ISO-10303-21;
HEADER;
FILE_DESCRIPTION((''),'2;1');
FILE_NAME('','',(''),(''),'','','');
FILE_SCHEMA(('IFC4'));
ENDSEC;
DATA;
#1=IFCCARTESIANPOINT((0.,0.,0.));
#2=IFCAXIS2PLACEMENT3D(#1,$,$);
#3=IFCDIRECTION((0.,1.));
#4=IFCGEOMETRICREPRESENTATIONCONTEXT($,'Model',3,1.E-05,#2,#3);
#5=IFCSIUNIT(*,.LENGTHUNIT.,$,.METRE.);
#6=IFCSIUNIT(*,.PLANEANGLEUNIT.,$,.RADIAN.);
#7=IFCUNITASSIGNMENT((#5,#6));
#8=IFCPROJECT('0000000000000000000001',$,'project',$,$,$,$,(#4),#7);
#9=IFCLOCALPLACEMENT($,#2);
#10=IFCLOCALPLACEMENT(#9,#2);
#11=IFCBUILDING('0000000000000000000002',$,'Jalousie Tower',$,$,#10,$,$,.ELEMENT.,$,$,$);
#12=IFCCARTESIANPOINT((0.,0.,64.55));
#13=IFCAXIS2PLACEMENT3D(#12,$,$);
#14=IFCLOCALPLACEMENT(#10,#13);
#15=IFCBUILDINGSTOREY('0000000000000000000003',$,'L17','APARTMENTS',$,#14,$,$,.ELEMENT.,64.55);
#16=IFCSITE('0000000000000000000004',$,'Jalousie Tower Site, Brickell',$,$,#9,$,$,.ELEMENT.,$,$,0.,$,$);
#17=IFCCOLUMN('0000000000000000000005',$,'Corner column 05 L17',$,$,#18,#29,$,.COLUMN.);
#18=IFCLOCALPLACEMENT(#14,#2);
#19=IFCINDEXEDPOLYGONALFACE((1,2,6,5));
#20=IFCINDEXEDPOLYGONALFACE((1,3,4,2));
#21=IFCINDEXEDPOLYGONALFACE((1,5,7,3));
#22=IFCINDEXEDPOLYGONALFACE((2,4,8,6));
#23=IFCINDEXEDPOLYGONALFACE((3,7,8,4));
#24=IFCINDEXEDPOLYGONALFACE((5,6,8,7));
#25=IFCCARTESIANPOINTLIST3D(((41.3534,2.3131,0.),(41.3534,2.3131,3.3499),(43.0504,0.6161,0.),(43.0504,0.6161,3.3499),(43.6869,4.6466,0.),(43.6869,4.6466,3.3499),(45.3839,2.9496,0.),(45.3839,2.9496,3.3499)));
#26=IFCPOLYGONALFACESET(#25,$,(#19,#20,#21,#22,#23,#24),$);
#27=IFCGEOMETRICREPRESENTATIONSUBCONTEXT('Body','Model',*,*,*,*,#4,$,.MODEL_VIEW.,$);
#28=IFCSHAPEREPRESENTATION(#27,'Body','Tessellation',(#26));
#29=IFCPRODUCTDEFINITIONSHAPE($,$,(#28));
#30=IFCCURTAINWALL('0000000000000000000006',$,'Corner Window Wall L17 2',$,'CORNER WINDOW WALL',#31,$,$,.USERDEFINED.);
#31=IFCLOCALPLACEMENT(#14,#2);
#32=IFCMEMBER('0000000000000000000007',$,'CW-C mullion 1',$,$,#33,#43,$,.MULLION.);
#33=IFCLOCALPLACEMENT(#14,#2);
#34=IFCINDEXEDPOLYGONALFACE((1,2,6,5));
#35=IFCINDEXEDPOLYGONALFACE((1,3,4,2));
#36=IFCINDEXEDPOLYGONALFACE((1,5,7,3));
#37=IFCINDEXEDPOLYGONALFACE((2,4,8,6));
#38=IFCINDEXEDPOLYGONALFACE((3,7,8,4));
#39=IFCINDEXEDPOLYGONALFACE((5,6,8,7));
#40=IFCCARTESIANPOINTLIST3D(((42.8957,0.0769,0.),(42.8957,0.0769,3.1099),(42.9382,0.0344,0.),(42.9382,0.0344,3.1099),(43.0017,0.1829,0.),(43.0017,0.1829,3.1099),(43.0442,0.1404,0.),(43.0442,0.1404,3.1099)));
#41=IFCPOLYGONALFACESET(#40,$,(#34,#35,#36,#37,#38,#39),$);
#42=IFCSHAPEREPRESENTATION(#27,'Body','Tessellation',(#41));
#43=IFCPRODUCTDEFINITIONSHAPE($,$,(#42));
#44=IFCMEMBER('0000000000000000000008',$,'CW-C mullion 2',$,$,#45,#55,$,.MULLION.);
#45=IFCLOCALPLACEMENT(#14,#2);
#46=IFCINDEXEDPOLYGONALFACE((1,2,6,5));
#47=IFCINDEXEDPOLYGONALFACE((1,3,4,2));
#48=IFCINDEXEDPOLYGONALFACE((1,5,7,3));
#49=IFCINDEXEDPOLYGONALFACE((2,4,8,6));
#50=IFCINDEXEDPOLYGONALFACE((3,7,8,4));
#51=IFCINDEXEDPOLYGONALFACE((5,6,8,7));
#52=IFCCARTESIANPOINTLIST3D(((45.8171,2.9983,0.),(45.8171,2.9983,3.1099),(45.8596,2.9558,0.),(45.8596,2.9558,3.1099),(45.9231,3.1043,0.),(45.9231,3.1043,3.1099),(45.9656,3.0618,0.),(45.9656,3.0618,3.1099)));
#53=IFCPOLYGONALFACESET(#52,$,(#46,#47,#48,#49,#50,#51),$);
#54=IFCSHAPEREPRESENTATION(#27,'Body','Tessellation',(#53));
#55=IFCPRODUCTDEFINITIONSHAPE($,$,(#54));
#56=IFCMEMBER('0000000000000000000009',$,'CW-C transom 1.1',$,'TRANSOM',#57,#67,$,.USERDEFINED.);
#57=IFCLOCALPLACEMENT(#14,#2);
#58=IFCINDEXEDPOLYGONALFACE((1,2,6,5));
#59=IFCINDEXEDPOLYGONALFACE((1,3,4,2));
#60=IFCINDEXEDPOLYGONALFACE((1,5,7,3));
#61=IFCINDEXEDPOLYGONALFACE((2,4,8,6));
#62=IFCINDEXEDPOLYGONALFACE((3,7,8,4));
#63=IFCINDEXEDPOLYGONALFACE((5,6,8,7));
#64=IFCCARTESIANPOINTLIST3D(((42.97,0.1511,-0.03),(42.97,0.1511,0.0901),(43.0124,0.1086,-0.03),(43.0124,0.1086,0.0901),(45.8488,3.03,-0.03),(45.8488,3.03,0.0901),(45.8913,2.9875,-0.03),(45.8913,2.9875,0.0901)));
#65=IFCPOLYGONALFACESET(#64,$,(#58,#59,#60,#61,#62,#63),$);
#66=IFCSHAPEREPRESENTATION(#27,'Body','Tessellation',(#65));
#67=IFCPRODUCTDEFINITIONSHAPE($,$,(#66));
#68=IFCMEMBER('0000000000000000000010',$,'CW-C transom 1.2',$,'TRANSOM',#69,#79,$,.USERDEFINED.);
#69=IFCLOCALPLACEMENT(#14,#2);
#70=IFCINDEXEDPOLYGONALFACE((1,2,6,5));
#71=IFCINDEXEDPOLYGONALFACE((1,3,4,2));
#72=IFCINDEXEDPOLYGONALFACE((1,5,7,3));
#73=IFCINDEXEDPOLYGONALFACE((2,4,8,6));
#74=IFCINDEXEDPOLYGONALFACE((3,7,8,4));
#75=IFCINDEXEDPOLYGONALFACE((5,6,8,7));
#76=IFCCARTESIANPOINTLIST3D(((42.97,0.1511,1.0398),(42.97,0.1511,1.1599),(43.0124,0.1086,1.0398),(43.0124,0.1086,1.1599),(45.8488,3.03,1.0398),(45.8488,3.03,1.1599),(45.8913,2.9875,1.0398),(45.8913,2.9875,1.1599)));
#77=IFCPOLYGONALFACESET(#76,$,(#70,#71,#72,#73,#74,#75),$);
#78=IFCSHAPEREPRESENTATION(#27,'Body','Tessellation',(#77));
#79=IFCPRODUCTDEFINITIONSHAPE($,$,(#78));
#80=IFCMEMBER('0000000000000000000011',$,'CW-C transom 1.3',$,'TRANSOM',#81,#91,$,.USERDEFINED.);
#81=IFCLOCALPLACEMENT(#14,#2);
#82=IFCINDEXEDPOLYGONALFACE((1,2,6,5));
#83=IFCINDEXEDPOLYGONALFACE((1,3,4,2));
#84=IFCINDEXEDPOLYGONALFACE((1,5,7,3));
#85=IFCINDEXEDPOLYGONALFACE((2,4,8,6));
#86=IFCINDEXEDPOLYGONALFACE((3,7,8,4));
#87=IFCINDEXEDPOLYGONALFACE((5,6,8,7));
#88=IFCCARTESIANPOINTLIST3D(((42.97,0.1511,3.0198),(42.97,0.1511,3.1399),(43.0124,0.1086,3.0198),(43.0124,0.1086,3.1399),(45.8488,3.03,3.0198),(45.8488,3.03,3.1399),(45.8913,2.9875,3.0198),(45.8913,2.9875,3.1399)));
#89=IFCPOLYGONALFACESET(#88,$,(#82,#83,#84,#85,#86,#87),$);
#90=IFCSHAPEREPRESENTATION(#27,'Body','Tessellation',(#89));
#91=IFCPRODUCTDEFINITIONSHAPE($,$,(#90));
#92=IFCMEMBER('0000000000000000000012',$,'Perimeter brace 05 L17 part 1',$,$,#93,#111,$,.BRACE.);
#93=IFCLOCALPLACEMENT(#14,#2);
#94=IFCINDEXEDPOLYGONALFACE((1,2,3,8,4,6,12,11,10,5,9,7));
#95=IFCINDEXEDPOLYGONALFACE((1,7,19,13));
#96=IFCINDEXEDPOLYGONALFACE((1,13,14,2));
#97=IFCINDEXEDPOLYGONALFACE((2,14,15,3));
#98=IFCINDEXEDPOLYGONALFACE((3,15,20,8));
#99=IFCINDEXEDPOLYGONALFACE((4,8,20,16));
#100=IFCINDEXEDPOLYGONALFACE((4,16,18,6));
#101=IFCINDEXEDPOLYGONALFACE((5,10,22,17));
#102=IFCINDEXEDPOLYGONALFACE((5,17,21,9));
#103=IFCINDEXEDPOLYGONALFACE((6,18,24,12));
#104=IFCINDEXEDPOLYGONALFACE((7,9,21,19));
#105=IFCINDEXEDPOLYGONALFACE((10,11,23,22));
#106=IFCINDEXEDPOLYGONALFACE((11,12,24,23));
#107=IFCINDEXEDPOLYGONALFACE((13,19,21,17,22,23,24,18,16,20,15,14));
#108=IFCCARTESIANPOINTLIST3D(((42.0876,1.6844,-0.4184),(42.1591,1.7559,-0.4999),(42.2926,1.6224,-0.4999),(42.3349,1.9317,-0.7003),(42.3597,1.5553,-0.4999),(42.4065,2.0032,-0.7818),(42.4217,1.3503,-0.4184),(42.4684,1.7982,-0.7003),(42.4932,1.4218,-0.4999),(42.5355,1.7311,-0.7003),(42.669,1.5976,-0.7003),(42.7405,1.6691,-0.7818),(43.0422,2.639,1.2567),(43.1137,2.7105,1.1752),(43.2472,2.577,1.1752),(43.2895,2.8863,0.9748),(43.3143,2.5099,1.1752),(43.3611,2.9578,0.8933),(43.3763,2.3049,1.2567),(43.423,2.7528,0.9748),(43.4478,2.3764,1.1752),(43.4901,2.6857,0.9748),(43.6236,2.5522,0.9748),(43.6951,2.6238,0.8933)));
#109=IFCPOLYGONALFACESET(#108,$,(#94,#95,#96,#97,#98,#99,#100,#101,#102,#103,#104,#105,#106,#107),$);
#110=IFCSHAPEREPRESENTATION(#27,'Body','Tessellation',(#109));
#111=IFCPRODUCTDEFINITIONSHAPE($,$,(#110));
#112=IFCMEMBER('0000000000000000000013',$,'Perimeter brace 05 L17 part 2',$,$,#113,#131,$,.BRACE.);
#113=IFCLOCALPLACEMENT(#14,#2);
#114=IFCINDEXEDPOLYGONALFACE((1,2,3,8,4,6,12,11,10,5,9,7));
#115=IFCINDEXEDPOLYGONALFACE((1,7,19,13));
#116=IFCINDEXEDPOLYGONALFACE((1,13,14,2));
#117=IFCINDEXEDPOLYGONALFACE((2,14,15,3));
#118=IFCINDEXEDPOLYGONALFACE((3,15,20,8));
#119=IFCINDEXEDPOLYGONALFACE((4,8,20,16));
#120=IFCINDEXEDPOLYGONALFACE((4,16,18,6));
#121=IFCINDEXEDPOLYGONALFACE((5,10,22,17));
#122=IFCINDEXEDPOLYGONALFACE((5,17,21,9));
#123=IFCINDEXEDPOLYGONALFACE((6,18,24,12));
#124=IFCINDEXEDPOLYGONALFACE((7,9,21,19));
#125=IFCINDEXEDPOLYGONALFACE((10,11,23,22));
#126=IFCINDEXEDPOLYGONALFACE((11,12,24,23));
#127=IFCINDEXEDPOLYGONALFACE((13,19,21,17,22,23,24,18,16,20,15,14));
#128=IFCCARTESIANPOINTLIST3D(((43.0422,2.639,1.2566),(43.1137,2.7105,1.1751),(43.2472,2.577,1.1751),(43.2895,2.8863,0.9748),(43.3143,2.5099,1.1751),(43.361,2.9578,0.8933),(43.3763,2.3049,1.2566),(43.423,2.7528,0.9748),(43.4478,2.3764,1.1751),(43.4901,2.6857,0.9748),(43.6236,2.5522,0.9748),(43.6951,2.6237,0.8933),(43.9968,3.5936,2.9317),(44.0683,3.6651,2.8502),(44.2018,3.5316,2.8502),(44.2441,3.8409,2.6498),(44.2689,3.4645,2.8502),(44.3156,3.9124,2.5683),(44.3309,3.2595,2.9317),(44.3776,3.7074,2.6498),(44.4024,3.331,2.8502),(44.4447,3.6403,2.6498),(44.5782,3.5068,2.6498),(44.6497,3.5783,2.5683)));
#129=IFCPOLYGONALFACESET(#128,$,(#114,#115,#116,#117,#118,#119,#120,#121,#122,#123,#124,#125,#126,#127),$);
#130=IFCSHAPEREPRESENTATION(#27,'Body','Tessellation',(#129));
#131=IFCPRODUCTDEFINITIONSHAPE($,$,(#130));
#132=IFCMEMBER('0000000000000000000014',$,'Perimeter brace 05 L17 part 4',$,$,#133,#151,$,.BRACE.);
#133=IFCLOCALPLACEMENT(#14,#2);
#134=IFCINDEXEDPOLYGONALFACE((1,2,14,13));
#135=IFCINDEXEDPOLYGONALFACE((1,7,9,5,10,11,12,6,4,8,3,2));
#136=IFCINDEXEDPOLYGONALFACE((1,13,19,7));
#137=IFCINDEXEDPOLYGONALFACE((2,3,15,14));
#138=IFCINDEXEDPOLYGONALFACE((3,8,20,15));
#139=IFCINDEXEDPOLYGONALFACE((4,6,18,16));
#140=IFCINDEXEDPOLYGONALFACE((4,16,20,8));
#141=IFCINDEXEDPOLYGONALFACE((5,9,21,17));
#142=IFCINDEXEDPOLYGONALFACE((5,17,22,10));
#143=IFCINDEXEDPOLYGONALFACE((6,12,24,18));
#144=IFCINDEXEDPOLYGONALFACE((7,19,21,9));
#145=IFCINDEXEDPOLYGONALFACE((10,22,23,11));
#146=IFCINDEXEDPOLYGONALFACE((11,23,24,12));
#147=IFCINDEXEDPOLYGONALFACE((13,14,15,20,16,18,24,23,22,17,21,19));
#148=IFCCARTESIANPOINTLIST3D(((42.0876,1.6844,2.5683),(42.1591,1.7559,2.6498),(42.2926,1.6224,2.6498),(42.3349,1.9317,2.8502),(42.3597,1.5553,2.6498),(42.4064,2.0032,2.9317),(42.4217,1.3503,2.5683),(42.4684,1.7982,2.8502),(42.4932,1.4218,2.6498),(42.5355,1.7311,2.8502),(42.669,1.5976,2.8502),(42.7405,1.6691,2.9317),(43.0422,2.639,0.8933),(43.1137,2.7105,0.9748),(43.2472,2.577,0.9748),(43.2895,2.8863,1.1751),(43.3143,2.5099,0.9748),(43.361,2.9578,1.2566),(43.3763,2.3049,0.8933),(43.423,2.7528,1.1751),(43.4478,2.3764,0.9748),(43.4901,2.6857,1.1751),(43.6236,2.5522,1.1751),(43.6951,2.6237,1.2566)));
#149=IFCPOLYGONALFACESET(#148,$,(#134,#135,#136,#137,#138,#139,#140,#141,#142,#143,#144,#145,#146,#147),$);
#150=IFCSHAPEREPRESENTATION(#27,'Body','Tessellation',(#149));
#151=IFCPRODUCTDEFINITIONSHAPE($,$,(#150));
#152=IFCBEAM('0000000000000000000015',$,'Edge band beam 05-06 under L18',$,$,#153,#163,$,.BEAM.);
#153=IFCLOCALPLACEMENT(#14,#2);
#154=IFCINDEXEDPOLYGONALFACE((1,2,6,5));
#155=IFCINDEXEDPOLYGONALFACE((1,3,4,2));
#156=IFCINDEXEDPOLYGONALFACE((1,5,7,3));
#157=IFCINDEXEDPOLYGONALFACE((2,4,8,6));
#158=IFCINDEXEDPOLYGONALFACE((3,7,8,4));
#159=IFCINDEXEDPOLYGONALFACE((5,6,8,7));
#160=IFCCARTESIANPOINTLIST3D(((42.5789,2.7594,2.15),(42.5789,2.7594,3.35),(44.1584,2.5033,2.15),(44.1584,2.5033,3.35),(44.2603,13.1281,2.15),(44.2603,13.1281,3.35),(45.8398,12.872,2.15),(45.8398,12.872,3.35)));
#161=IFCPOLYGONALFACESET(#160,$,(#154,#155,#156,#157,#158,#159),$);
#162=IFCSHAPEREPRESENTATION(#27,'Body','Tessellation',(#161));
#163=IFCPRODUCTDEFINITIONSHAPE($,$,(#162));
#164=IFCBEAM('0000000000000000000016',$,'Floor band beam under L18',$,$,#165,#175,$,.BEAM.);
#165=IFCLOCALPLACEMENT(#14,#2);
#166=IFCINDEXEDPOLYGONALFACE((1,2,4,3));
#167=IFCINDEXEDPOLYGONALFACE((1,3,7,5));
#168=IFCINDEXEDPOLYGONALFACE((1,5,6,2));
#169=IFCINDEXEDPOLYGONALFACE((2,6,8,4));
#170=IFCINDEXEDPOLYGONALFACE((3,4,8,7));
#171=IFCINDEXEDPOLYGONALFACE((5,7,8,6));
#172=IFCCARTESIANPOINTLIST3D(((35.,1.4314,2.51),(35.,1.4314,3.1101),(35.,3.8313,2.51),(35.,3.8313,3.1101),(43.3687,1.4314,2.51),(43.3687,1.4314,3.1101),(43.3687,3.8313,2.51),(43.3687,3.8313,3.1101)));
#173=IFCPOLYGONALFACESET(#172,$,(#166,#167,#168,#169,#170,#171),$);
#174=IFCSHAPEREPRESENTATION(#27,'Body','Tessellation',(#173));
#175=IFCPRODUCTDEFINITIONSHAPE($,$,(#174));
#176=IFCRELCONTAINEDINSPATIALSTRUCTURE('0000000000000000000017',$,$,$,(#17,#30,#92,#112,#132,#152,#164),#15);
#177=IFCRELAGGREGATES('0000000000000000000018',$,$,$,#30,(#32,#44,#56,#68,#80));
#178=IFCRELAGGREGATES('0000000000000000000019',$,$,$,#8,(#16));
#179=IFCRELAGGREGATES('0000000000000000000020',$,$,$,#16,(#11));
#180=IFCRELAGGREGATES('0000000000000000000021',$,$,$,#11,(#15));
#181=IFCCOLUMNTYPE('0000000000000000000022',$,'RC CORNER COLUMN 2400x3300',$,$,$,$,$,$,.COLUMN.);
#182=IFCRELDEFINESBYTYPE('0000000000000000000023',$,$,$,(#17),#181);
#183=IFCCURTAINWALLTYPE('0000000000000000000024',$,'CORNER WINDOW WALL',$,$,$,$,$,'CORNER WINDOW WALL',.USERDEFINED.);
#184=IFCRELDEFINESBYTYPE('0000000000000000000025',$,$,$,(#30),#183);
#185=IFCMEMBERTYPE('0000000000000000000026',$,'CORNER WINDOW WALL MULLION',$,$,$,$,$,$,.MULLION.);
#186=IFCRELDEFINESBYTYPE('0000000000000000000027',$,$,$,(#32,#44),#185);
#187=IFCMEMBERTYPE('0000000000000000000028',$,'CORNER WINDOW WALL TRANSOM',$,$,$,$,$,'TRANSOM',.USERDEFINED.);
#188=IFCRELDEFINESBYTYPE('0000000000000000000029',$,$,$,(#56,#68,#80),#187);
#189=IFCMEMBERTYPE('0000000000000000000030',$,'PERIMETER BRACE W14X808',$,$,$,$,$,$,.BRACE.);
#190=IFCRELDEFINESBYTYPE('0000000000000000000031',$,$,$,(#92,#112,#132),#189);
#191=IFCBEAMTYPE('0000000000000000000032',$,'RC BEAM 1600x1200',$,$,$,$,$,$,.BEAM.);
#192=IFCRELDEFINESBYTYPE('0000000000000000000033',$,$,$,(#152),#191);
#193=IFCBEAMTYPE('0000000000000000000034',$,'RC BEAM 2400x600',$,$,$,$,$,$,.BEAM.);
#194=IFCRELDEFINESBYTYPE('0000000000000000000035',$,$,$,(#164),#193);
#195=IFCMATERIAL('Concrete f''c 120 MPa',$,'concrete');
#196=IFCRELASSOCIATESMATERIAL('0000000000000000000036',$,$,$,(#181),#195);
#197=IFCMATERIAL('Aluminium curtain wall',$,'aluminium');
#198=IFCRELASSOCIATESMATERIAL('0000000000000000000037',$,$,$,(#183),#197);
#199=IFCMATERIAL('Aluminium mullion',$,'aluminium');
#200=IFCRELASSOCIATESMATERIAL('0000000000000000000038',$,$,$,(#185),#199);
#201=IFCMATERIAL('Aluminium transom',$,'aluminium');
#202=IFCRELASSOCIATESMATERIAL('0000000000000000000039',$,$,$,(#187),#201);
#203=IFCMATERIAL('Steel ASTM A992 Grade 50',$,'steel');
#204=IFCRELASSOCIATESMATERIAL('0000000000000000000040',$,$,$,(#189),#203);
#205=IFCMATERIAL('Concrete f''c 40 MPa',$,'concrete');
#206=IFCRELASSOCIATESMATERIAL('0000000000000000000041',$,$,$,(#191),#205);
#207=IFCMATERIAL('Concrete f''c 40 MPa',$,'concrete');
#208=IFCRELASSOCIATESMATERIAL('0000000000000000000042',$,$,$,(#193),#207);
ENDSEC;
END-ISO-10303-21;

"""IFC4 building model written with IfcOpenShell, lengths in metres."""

from ifc_helpers import new_model, si_unit, direction, frame, origin, origin_2d, place, context, subcontext, project, spatial, rectangle, i_section, extrude, material, material_profile, profile_set, type_object, element, aggregate, save


model = new_model("IFC4")

# Units and contexts
model_context = context("Model", 3, precision=1e-05, world=origin(), true_north=direction((0.0, 1.0)))
body_context = subcontext(model_context, "Body", "Model", "MODEL_VIEW")
ifc_project = project(units=[si_unit("LENGTHUNIT", "METRE"), si_unit("PLANEANGLEUNIT", "RADIAN")], contexts=[model_context])

# Site, building, storey
site_placement = place(None, origin())
site = spatial("IfcSite", under=ifc_project, at=site_placement, Name="Jalousie Tower Site, Brickell", CompositionType="ELEMENT", RefElevation=0.0)
building_placement = place(site_placement, origin())
building = spatial("IfcBuilding", under=site, at=building_placement, Name="Jalousie Tower", CompositionType="ELEMENT")
storey_placement = place(building_placement, frame((0.0, 0.0, 64.55)))
storey = spatial("IfcBuildingStorey", under=building, at=storey_placement, Name="L17", Description="APARTMENTS", CompositionType="ELEMENT", Elevation=64.55)

# Column
ifc_material_1 = material(Name="Concrete f'c 120 MPa", Category="concrete")
ifc_material_profile_1 = material_profile(ifc_material_1, rectangle(XDim=2.3999, YDim=3.3, at=origin_2d()), Name="RC 2400x3300")
ifc_profile_set_1 = profile_set([ifc_material_profile_1], Name="Concrete f'c 120 MPa")
column_type = type_object("IfcColumnType", Name="RC CORNER COLUMN 2400x3300", PredefinedType="COLUMN", material=ifc_profile_set_1)
column_placement = place(storey_placement, frame((43.3687, 2.6313, 0.0), z_axis=(0.0, 0.0, 1.0), x_axis=(-0.707107, 0.707107, 0.0)))
element("IfcColumn", 1, at=column_placement, inside=storey, type_object=column_type, Name="Corner column 05 L17", PredefinedType="COLUMN", context=body_context, shape_type="SweptSolid", body=[
    extrude(rectangle(XDim=2.3999, YDim=3.3, at=origin_2d()), origin(), (0.0, 0.0, 1.0), 3.3499),
])

# Curtain wall, members
ifc_material_2 = material(Name="Aluminium curtain wall", Category="aluminium")
curtain_wall_type_1 = type_object("IfcCurtainWallType", Name="CORNER WINDOW WALL", ElementType="CORNER WINDOW WALL", PredefinedType="USERDEFINED", material=ifc_material_2)
curtain_wall_1_placement = place(storey_placement, origin())
curtain_wall_1 = element("IfcCurtainWall", 2, at=curtain_wall_1_placement, inside=storey, type_object=curtain_wall_type_1, Name="Corner Window Wall L17 2", ObjectType="CORNER WINDOW WALL", PredefinedType="USERDEFINED")
ifc_material_3 = material(Name="Aluminium mullion", Category="aluminium")
ifc_material_profile_2 = material_profile(ifc_material_3, rectangle(XDim=0.0601, YDim=0.1499, at=origin_2d()), Name="MULLION 60x150")
ifc_profile_set_2 = profile_set([ifc_material_profile_2], Name="Aluminium mullion")
member_type_1 = type_object("IfcMemberType", Name="CORNER WINDOW WALL MULLION", PredefinedType="MULLION", material=ifc_profile_set_2)
member_1_placement = place(storey_placement, frame((42.97, 0.1086, 0.0), z_axis=(0.0, 0.0, 1.0), x_axis=(-0.707107, 0.707107, 0.0)))
member_1 = element("IfcMember", 3, at=member_1_placement, type_object=member_type_1, Name="CW-C mullion 1", PredefinedType="MULLION", context=body_context, shape_type="SweptSolid", body=[
    extrude(rectangle(XDim=0.0601, YDim=0.1499, at=origin_2d()), origin(), (0.0, 0.0, 1.0), 3.1099),
])
member_2_placement = place(storey_placement, frame((45.8914, 3.03, 0.0), z_axis=(0.0, 0.0, 1.0), x_axis=(-0.707107, 0.707107, 0.0)))
member_2 = element("IfcMember", 4, at=member_2_placement, type_object=member_type_1, Name="CW-C mullion 2", PredefinedType="MULLION", context=body_context, shape_type="SweptSolid", body=[
    extrude(rectangle(XDim=0.0601, YDim=0.1499, at=origin_2d()), origin(), (0.0, 0.0, 1.0), 3.1099),
])
ifc_material_4 = material(Name="Aluminium transom", Category="aluminium")
ifc_material_profile_3 = material_profile(ifc_material_4, rectangle(XDim=0.0601, YDim=0.1201, at=origin_2d()), Name="TRANSOM 60x120")
ifc_profile_set_3 = profile_set([ifc_material_profile_3], Name="Aluminium transom")
member_type_2 = type_object("IfcMemberType", Name="CORNER WINDOW WALL TRANSOM", ElementType="TRANSOM", PredefinedType="USERDEFINED", material=ifc_profile_set_3)
member_3_placement = place(storey_placement, frame((42.9912, 0.1299, 0.03), z_axis=(0.707107, 0.707107, 0.0), x_axis=(-0.707107, 0.707107, 0.0)))
member_3 = element("IfcMember", 5, at=member_3_placement, type_object=member_type_2, Name="CW-C transom 1.1", ObjectType="TRANSOM", PredefinedType="USERDEFINED", context=body_context, shape_type="SweptSolid", body=[
    extrude(rectangle(XDim=0.0601, YDim=0.1201, at=origin_2d()), origin(), (0.0, 0.0, 1.0), 4.0713),
])
member_4_placement = place(storey_placement, frame((42.9912, 0.1299, 1.0999), z_axis=(0.707107, 0.707107, 0.0), x_axis=(-0.707107, 0.707107, 0.0)))
member_4 = element("IfcMember", 6, at=member_4_placement, type_object=member_type_2, Name="CW-C transom 1.2", ObjectType="TRANSOM", PredefinedType="USERDEFINED", context=body_context, shape_type="SweptSolid", body=[
    extrude(rectangle(XDim=0.0601, YDim=0.1201, at=origin_2d()), origin(), (0.0, 0.0, 1.0), 4.0713),
])
member_5_placement = place(storey_placement, frame((42.9912, 0.1299, 3.0798), z_axis=(0.707107, 0.707107, 0.0), x_axis=(-0.707107, 0.707107, 0.0)))
member_5 = element("IfcMember", 7, at=member_5_placement, type_object=member_type_2, Name="CW-C transom 1.3", ObjectType="TRANSOM", PredefinedType="USERDEFINED", context=body_context, shape_type="SweptSolid", body=[
    extrude(rectangle(XDim=0.0601, YDim=0.1201, at=origin_2d()), origin(), (0.0, 0.0, 1.0), 4.0713),
])

# Members
ifc_material_5 = material(Name="Steel ASTM A992 Grade 50", Category="steel")
ifc_material_profile_4 = material_profile(ifc_material_5, i_section(OverallWidth=0.4724, OverallDepth=0.5791, WebThickness=0.095, FlangeThickness=0.1299, at=origin_2d()), Name="W14X808")
ifc_profile_set_4 = profile_set([ifc_material_profile_4], Name="Steel ASTM A992 Grade 50")
member_type_3 = type_object("IfcMemberType", Name="PERIMETER BRACE W14X808", PredefinedType="BRACE", material=ifc_profile_set_4)
for number, where, z_axis, x_axis, name in (
    (8, (42.4141, 1.6768, -0.6001), (0.443718, 0.443718, 0.778607), (-0.707107, 0.707107, 0.0), "Perimeter brace 05 L17 part 1"),
    (9, (43.3687, 2.6313, 1.075), (0.443718, 0.443718, 0.778607), (-0.707107, 0.707107, 0.0), "Perimeter brace 05 L17 part 2"),
    (10, (43.3687, 2.6313, 1.075), (-0.443718, -0.443718, 0.778607), (0.707107, -0.707107, 0.0), "Perimeter brace 05 L17 part 4"),
):
    element("IfcMember", number, at=place(storey_placement, frame(where, z_axis=z_axis, x_axis=x_axis)), inside=storey, type_object=member_type_3, Name=name, PredefinedType="BRACE", context=body_context, shape_type="SweptSolid", body=[
        extrude(i_section(OverallWidth=0.4724, OverallDepth=0.5791, WebThickness=0.095, FlangeThickness=0.1299, at=origin_2d()), origin(), (0.0, 0.0, 1.0), 2.1514),
    ])

# Beams
ifc_material_6 = material(Name="Concrete f'c 40 MPa", Category="concrete")
ifc_material_profile_5 = material_profile(ifc_material_6, rectangle(XDim=1.6001, YDim=1.2, at=origin_2d()), Name="RC 1600x1200")
ifc_profile_set_5 = profile_set([ifc_material_profile_5], Name="Concrete f'c 40 MPa")
beam_type_1 = type_object("IfcBeamType", Name="RC BEAM 1600x1200", PredefinedType="BEAM", material=ifc_profile_set_5)
beam_1_placement = place(storey_placement, frame((43.3687, 2.6313, 2.75), z_axis=(0.160071, 0.987106, 0.0), x_axis=(-0.987106, 0.160071, 0.0)))
element("IfcBeam", 11, at=beam_1_placement, inside=storey, type_object=beam_type_1, Name="Edge band beam 05-06 under L18", PredefinedType="BEAM", context=body_context, shape_type="SweptSolid", body=[
    extrude(rectangle(XDim=1.6001, YDim=1.2, at=origin_2d()), origin(), (0.0, 0.0, 1.0), 10.5042),
])
ifc_material_7 = material(Name="Concrete f'c 40 MPa", Category="concrete")
ifc_material_profile_6 = material_profile(ifc_material_7, rectangle(XDim=2.3999, YDim=0.6001, at=origin_2d()), Name="RC 2400x600")
ifc_profile_set_6 = profile_set([ifc_material_profile_6], Name="Concrete f'c 40 MPa")
beam_type_2 = type_object("IfcBeamType", Name="RC BEAM 2400x600", PredefinedType="BEAM", material=ifc_profile_set_6)
beam_2_placement = place(storey_placement, frame((43.3687, 2.6313, 2.8101), z_axis=(-1.0, 0.0, 0.0), x_axis=(0.0, -1.0, 0.0)))
element("IfcBeam", 12, at=beam_2_placement, inside=storey, type_object=beam_type_2, Name="Floor band beam under L18", PredefinedType="BEAM", context=body_context, shape_type="SweptSolid", body=[
    extrude(rectangle(XDim=2.3999, YDim=0.6001, at=origin_2d()), origin(), (0.0, 0.0, 1.0), 8.3687),
])

aggregate(curtain_wall_1, [member_1, member_2, member_3, member_4, member_5])

save(model, "model.ifc")
